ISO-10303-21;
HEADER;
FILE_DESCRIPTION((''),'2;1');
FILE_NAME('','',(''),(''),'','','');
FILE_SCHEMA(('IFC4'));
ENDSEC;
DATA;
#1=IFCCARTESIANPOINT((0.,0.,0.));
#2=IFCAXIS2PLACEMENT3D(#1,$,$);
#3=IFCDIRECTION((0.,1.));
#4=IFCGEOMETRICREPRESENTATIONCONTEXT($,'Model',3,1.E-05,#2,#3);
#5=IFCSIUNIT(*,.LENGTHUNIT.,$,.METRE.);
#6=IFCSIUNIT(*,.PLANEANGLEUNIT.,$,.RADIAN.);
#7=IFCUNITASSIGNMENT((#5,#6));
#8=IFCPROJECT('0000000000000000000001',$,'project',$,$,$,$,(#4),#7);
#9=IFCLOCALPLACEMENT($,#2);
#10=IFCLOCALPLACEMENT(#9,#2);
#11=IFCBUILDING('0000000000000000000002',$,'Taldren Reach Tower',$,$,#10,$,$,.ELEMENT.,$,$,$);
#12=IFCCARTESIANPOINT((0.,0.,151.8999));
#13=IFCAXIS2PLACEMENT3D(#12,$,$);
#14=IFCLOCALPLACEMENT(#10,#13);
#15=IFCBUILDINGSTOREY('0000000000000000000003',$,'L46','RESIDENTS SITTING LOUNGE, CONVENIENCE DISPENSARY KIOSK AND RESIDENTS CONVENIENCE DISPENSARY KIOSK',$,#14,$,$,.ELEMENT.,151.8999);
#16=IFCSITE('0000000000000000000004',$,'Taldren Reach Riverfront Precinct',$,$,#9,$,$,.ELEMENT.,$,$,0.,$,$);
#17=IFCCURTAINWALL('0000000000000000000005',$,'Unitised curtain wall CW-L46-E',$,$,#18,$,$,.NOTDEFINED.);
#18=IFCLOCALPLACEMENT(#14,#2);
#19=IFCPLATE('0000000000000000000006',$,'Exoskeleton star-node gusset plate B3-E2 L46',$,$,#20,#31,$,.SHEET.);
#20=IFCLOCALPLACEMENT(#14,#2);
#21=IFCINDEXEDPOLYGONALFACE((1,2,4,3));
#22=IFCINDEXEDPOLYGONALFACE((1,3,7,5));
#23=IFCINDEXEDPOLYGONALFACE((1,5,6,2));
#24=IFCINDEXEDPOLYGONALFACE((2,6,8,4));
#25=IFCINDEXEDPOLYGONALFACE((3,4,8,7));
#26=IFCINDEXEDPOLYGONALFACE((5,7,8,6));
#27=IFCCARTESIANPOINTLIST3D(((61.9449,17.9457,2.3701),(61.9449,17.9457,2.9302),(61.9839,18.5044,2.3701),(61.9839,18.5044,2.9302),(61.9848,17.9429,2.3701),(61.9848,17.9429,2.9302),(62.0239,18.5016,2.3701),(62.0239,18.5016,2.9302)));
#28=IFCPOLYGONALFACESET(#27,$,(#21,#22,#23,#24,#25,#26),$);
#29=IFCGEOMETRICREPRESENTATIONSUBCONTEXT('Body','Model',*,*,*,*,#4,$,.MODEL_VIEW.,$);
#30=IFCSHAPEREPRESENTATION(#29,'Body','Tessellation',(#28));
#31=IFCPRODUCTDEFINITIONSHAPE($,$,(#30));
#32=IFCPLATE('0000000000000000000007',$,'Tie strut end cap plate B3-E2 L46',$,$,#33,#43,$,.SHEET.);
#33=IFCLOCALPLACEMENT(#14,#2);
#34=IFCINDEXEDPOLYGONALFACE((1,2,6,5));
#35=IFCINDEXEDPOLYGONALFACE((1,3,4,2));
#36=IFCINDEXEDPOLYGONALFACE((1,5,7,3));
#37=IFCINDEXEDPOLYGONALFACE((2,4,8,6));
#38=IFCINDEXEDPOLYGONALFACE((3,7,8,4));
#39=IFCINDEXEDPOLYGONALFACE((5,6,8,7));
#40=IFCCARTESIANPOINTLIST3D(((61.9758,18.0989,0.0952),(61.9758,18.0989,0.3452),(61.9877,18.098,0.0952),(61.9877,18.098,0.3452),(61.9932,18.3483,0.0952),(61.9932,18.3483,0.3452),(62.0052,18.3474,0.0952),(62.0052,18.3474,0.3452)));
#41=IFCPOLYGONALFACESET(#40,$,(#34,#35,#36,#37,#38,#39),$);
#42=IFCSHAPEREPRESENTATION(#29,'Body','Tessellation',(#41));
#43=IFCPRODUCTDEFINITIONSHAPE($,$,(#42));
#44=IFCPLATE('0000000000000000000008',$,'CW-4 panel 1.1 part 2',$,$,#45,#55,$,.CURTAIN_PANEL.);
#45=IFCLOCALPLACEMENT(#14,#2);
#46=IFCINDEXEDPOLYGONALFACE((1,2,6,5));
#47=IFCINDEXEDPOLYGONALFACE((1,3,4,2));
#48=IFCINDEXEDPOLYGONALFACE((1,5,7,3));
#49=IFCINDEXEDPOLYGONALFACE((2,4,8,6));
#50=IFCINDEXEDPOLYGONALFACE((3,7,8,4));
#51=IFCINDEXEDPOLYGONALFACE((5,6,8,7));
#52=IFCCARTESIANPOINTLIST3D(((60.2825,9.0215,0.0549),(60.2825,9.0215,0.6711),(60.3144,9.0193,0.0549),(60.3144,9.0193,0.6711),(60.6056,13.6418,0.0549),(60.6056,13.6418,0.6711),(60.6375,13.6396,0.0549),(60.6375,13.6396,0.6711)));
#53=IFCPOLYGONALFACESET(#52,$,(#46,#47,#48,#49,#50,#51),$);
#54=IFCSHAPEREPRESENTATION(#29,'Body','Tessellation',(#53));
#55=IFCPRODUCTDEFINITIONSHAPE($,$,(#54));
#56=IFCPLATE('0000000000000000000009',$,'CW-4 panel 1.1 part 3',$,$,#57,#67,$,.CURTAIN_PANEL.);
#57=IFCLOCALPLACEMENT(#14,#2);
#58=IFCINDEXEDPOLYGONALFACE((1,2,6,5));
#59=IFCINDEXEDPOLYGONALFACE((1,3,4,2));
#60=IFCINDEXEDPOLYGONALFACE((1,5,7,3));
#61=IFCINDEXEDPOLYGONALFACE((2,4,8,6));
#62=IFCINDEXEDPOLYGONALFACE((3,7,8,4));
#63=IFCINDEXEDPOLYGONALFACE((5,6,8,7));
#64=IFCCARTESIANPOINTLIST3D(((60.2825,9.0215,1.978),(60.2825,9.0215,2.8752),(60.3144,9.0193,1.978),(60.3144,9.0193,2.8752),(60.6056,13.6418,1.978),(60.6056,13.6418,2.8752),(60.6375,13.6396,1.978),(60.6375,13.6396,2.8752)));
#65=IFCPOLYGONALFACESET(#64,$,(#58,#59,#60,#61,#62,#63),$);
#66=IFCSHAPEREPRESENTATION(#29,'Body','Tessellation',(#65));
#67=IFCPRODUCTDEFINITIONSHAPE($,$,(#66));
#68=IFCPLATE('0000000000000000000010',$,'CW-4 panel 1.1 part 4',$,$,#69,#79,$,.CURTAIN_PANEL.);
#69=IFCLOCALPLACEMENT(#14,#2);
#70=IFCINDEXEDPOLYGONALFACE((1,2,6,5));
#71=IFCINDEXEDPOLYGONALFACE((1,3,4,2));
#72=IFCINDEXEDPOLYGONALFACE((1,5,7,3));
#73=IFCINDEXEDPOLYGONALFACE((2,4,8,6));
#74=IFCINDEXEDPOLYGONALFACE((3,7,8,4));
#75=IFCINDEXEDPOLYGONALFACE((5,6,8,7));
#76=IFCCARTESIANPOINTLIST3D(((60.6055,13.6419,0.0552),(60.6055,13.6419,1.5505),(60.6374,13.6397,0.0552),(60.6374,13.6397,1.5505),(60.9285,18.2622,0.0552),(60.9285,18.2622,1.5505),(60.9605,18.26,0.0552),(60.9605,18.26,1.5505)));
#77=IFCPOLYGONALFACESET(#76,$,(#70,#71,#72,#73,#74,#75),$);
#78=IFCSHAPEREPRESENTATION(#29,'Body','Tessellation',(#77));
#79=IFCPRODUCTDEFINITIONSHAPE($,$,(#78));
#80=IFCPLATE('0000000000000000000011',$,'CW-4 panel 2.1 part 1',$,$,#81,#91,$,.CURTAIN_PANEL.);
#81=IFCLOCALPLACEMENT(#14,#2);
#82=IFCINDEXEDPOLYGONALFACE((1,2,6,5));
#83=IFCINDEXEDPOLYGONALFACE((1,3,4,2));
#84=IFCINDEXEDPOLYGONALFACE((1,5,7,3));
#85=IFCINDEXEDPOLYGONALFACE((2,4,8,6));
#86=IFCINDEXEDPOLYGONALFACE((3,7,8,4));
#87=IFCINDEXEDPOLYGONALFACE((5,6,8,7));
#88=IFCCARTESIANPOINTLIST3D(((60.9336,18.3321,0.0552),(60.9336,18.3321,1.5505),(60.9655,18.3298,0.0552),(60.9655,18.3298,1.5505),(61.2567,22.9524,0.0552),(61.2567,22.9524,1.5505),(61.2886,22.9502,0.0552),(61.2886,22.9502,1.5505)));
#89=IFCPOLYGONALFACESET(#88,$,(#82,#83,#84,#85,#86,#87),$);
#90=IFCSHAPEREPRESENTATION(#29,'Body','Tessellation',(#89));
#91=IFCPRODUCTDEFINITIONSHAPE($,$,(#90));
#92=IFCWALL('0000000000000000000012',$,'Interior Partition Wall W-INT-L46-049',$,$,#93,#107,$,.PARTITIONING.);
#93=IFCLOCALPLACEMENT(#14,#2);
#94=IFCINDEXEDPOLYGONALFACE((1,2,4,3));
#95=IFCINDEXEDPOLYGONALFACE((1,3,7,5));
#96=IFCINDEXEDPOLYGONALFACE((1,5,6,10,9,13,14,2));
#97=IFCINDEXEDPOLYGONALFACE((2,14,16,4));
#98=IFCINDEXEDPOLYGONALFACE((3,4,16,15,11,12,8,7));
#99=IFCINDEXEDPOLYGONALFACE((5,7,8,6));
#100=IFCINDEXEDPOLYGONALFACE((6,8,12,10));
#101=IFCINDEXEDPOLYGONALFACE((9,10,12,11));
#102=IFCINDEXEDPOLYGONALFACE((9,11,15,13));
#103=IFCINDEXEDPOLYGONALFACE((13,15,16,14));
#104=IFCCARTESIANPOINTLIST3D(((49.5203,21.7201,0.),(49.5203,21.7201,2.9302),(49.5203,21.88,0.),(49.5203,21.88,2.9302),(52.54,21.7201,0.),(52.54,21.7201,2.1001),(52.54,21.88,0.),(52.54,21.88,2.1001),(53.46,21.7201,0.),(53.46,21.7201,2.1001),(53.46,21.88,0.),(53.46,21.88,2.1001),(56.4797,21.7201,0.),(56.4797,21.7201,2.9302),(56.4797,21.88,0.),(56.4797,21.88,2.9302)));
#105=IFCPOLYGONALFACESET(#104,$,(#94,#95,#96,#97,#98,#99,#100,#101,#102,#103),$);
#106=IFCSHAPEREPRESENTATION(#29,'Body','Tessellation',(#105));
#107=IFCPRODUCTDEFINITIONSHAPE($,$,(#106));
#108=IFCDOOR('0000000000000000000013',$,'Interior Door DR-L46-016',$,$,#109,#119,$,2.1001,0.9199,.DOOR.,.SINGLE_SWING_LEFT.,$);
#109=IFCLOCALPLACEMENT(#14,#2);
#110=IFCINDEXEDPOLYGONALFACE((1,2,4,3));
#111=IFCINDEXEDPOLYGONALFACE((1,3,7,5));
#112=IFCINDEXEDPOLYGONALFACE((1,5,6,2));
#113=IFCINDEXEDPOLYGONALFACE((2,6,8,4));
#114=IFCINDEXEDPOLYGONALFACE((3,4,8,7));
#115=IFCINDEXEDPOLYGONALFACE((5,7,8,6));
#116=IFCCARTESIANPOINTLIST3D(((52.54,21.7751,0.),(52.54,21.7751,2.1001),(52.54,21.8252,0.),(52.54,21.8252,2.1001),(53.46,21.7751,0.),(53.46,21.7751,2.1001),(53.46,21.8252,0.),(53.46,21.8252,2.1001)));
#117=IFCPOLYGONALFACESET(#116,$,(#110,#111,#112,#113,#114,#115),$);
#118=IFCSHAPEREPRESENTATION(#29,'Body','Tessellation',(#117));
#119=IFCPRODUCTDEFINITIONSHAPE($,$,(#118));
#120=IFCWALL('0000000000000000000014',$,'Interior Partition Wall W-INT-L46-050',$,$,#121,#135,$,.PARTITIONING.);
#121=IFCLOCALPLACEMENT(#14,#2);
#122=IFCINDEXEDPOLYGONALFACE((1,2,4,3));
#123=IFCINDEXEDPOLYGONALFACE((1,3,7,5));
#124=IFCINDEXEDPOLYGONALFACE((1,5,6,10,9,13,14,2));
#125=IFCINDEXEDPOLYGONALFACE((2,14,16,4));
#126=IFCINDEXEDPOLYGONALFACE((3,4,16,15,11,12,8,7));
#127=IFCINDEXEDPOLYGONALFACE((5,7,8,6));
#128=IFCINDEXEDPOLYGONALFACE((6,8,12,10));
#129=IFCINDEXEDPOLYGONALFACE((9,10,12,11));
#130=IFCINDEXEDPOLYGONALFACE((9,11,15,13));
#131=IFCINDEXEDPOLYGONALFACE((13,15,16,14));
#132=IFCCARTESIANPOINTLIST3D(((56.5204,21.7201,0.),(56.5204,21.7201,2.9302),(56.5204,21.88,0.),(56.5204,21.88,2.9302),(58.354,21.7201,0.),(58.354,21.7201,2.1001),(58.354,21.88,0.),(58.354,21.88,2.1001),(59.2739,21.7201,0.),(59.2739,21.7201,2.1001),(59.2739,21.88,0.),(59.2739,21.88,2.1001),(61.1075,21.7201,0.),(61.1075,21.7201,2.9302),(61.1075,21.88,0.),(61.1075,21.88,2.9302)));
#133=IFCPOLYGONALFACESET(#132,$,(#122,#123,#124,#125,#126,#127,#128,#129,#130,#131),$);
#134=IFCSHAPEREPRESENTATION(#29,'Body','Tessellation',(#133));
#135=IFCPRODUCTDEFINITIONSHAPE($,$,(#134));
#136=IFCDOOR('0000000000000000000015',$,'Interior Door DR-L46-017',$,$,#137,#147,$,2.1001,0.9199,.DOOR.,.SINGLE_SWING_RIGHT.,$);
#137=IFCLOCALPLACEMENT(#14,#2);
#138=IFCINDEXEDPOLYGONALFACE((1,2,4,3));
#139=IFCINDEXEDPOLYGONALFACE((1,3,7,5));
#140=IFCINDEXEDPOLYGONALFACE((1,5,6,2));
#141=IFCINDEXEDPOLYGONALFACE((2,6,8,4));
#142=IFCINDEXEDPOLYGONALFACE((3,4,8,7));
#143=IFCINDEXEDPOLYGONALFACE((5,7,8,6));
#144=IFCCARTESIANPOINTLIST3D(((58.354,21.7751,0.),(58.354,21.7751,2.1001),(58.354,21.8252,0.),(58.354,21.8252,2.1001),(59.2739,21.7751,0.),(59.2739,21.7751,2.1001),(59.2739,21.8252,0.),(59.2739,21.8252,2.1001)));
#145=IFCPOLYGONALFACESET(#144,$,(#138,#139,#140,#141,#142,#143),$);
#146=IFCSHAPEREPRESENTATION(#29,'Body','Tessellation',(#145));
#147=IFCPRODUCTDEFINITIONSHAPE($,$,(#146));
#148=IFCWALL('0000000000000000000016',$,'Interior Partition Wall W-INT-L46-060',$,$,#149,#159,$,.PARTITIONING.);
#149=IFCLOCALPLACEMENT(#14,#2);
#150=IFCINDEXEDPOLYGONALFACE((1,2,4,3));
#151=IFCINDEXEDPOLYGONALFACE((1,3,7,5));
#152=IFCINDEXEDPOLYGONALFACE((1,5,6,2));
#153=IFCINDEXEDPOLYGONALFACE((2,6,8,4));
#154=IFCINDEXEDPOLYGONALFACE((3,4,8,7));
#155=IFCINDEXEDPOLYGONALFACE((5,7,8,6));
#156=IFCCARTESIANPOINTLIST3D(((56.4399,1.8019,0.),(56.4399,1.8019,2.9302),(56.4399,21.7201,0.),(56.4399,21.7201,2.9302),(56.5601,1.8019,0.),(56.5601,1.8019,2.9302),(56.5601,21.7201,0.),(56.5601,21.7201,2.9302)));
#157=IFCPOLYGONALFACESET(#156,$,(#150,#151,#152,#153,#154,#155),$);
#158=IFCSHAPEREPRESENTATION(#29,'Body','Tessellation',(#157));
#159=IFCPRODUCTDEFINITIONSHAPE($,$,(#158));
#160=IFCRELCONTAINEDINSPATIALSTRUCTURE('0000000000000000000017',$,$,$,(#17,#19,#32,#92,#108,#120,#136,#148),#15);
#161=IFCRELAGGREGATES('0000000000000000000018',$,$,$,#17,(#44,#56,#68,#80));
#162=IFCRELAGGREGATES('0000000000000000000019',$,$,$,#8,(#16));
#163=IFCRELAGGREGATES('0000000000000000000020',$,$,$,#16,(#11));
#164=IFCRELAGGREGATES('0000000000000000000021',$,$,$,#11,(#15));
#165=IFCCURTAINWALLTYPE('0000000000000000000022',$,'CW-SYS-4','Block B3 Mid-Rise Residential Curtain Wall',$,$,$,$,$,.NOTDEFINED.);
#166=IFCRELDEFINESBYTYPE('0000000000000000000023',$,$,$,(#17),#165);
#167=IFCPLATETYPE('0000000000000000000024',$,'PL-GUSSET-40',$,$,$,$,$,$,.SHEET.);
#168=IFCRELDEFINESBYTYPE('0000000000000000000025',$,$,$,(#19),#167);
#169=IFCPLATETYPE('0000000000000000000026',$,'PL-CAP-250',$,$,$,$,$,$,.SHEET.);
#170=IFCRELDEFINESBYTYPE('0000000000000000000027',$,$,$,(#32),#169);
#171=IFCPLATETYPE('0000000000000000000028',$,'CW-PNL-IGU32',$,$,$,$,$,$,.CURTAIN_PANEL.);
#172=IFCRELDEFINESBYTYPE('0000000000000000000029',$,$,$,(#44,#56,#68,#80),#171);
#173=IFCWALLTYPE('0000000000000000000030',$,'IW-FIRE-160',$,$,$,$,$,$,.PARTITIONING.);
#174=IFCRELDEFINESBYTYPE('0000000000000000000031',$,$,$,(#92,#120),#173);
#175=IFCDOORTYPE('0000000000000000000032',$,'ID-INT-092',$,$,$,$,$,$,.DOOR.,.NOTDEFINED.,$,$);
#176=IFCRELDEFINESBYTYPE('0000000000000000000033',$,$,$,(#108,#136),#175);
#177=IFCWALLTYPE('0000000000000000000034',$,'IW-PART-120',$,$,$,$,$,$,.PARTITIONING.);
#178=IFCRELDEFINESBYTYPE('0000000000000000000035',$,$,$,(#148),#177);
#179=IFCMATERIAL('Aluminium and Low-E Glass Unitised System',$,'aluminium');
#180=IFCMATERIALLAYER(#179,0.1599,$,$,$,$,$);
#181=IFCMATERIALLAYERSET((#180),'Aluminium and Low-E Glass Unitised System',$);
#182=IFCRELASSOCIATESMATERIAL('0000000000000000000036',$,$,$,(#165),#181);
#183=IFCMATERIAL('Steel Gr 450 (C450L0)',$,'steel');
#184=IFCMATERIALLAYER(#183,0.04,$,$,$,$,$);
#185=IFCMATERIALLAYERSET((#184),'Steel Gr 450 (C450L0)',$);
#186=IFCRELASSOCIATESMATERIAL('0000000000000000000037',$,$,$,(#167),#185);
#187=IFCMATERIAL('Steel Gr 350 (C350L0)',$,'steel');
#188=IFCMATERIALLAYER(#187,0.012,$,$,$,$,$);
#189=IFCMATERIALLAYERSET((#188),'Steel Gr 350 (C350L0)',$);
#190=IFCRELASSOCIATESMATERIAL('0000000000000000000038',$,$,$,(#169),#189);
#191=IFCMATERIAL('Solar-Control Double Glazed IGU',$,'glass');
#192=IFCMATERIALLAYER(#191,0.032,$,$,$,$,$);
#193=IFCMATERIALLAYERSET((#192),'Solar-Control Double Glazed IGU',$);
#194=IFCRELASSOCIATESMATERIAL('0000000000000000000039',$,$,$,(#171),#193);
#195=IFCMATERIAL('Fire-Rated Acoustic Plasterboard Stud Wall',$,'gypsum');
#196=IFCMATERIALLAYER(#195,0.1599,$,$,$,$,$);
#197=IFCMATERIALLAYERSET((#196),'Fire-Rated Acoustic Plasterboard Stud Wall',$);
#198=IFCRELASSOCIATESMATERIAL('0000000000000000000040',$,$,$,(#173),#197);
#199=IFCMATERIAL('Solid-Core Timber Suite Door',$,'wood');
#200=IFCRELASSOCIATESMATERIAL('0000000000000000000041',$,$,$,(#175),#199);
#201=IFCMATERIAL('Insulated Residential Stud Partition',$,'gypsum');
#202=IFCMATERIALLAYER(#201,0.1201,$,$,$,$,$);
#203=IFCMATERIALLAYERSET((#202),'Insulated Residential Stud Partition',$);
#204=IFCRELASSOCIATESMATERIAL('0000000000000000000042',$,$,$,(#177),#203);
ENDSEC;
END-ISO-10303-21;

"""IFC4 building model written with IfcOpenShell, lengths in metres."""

from ifc_helpers import new_model, si_unit, direction, frame, frame_2d, origin, origin_2d, place, context, subcontext, project, spatial, rectangle, extrude, source, transform, mapped, material, layer, layer_set, type_object, element, fill, aggregate, save


model = new_model("IFC4")

# Units and contexts
model_context = context("Model", 3, precision=1e-05, world=origin(), true_north=direction((0.0, 1.0)))
body_context = subcontext(model_context, "Body", "Model", "MODEL_VIEW")
ifc_project = project(units=[si_unit("LENGTHUNIT", "METRE"), si_unit("PLANEANGLEUNIT", "RADIAN")], contexts=[model_context])

# Site, building, storey
site_placement = place(None, origin())
site = spatial("IfcSite", under=ifc_project, at=site_placement, Name="Taldren Reach Riverfront Precinct", CompositionType="ELEMENT", RefElevation=0.0)
building_placement = place(site_placement, origin())
building = spatial("IfcBuilding", under=site, at=building_placement, Name="Taldren Reach Tower", CompositionType="ELEMENT")
storey_placement = place(building_placement, frame((0.0, 0.0, 151.8999)))
storey = spatial("IfcBuildingStorey", under=building, at=storey_placement, Name="L46", Description="RESIDENTS SITTING LOUNGE, CONVENIENCE DISPENSARY KIOSK AND RESIDENTS CONVENIENCE DISPENSARY KIOSK", CompositionType="ELEMENT", Elevation=151.8999)

# Shared definitions
ifc_material_1 = material(Name="Steel Gr 450 (C450L0)", Category="steel")
ifc_material_2 = material(Name="Steel Gr 350 (C350L0)", Category="steel")

# Curtain wall
ifc_material_3 = material(Name="Aluminium and Low-E Glass Unitised System", Category="aluminium")
ifc_layer_1 = layer(ifc_material_3, 0.1599)
ifc_layer_set_1 = layer_set([ifc_layer_1], Name="Aluminium and Low-E Glass Unitised System")
curtain_wall_type = type_object("IfcCurtainWallType", Name="CW-SYS-4", Description="Block B3 Mid-Rise Residential Curtain Wall", PredefinedType="NOTDEFINED", material=ifc_layer_set_1)
curtain_wall_placement = place(storey_placement, origin())
curtain_wall = element("IfcCurtainWall", 1, at=curtain_wall_placement, inside=storey, type_object=curtain_wall_type, Name="Unitised curtain wall CW-L46-E", PredefinedType="NOTDEFINED")

# Plates
ifc_layer_2 = layer(ifc_material_1, 0.04)
ifc_layer_set_2 = layer_set([ifc_layer_2], Name="Steel Gr 450 (C450L0)")
plate_type_1 = type_object("IfcPlateType", Name="PL-GUSSET-40", PredefinedType="SHEET", material=ifc_layer_set_2)
shared_shape_1 = source(origin(), body_context, "Body", "SweptSolid", [
    extrude(rectangle(XDim=0.5601, YDim=0.04, at=origin_2d()), origin(), (0.0, 0.0, 1.0), 0.5601),
])
plate_1_placement = place(storey_placement, frame((61.9844, 18.2236, 2.3701), z_axis=(0.0, 0.0, 1.0), x_axis=(0.069756, 0.997564, 0.0)))
element("IfcPlate", 2, at=plate_1_placement, inside=storey, type_object=plate_type_1, Name="Exoskeleton star-node gusset plate B3-E2 L46", PredefinedType="SHEET", context=body_context, shape_type="MappedRepresentation", body=[
    mapped(shared_shape_1, transform((0.0, 0.0, 0.0), scale=1.0)),
])
ifc_layer_3 = layer(ifc_material_2, 0.012)
ifc_layer_set_3 = layer_set([ifc_layer_3], Name="Steel Gr 350 (C350L0)")
plate_type_2 = type_object("IfcPlateType", Name="PL-CAP-250", PredefinedType="SHEET", material=ifc_layer_set_3)
shared_shape_2 = source(origin(), body_context, "Body", "SweptSolid", [
    extrude(rectangle(XDim=0.012, YDim=0.25, at=origin_2d()), origin(), (0.0, 0.0, 1.0), 0.25),
])
plate_2_placement = place(storey_placement, frame((61.9905, 18.2231, 0.0952), z_axis=(0.0, 0.0, 1.0), x_axis=(0.997564, -0.069756, 0.0)))
element("IfcPlate", 3, at=plate_2_placement, inside=storey, type_object=plate_type_2, Name="Tie strut end cap plate B3-E2 L46", PredefinedType="SHEET", context=body_context, shape_type="MappedRepresentation", body=[
    mapped(shared_shape_2, transform((0.0, 0.0, 0.0), scale=1.0)),
])

# Plates
ifc_material_4 = material(Name="Solar-Control Double Glazed IGU", Category="glass")
ifc_layer_4 = layer(ifc_material_4, 0.032)
ifc_layer_set_4 = layer_set([ifc_layer_4], Name="Solar-Control Double Glazed IGU")
plate_type_3 = type_object("IfcPlateType", Name="CW-PNL-IGU32", PredefinedType="CURTAIN_PANEL", material=ifc_layer_set_4)
shared_shape_3 = source(origin(), body_context, "Body", "SweptSolid", [
    extrude(rectangle(XDim=4.6316, YDim=0.032, at=origin_2d()), origin(), (0.0, 0.0, 1.0), 0.6162),
])
plate_3_placement = place(storey_placement, frame((60.46, 11.3306, 0.0549), z_axis=(0.0, 0.0, 1.0), x_axis=(0.069756, 0.997564, 0.0)))
plate_3 = element("IfcPlate", 4, at=plate_3_placement, type_object=plate_type_3, Name="CW-4 panel 1.1 part 2", PredefinedType="CURTAIN_PANEL", context=body_context, shape_type="MappedRepresentation", body=[
    mapped(shared_shape_3, transform((0.0, 0.0, 0.0), scale=1.0)),
])
shared_shape_4 = source(origin(), body_context, "Body", "SweptSolid", [
    extrude(rectangle(XDim=4.6316, YDim=0.032, at=origin_2d()), origin(), (0.0, 0.0, 1.0), 0.8972),
])
plate_4_placement = place(storey_placement, frame((60.46, 11.3306, 1.978), z_axis=(0.0, 0.0, 1.0), x_axis=(0.069756, 0.997564, 0.0)))
plate_4 = element("IfcPlate", 5, at=plate_4_placement, type_object=plate_type_3, Name="CW-4 panel 1.1 part 3", PredefinedType="CURTAIN_PANEL", context=body_context, shape_type="MappedRepresentation", body=[
    mapped(shared_shape_4, transform((0.0, 0.0, 0.0), scale=1.0)),
])
shared_shape_5 = source(origin(), body_context, "Body", "SweptSolid", [
    extrude(rectangle(XDim=4.6316, YDim=0.032, at=origin_2d()), origin(), (0.0, 0.0, 1.0), 1.4954),
])
plate_5_placement = place(storey_placement, frame((60.783, 15.9509, 0.0552), z_axis=(0.0, 0.0, 1.0), x_axis=(0.069756, 0.997564, 0.0)))
plate_5 = element("IfcPlate", 6, at=plate_5_placement, type_object=plate_type_3, Name="CW-4 panel 1.1 part 4", PredefinedType="CURTAIN_PANEL", context=body_context, shape_type="MappedRepresentation", body=[
    mapped(shared_shape_5, transform((0.0, 0.0, 0.0), scale=1.0)),
])
plate_6_placement = place(storey_placement, frame((61.1111, 20.6411, 0.0552), z_axis=(0.0, 0.0, 1.0), x_axis=(0.069756, 0.997564, 0.0)))
plate_6 = element("IfcPlate", 7, at=plate_6_placement, type_object=plate_type_3, Name="CW-4 panel 2.1 part 1", PredefinedType="CURTAIN_PANEL", context=body_context, shape_type="MappedRepresentation", body=[
    mapped(shared_shape_5, transform((0.0, 0.0, 0.0), scale=1.0)),
])
aggregate(curtain_wall, [plate_3, plate_4, plate_5, plate_6])

# Walls, openings, doors
ifc_material_5 = material(Name="Fire-Rated Acoustic Plasterboard Stud Wall", Category="gypsum")
ifc_layer_5 = layer(ifc_material_5, 0.1599)
ifc_layer_set_5 = layer_set([ifc_layer_5], Name="Fire-Rated Acoustic Plasterboard Stud Wall")
wall_type_1 = type_object("IfcWallType", Name="IW-FIRE-160", PredefinedType="PARTITIONING", material=ifc_layer_set_5)
shared_shape_6 = source(origin(), body_context, "Body", "SweptSolid", [
    extrude(rectangle(XDim=6.9595, YDim=0.1599, at=frame_2d((3.4797, 0.0))), origin(), (0.0, 0.0, 1.0), 2.9302),
])
wall_1_placement = place(storey_placement, frame((56.4797, 21.8, 0.0), z_axis=(0.0, 0.0, 1.0), x_axis=(-1.0, 0.0, 0.0)))
wall_1 = element("IfcWall", 8, at=wall_1_placement, inside=storey, type_object=wall_type_1, Name="Interior Partition Wall W-INT-L46-049", PredefinedType="PARTITIONING", context=body_context, shape_type="MappedRepresentation", body=[
    mapped(shared_shape_6, transform((0.0, 0.0, 0.0), scale=1.0)),
])
shared_shape_7 = source(origin(), body_context, "Body", "SweptSolid", [
    extrude(rectangle(XDim=0.9199, YDim=2.1001, at=frame_2d((0.46, 1.05))), frame((0.0, 0.0898, 0.0), z_axis=(0.0, -1.0, 0.0), x_axis=(1.0, 0.0, 0.0)), (0.0, 0.0, 1.0), 0.1799),
])
opening_1_placement = place(wall_1_placement, frame((3.0198, 0.0, 0.0)))
opening_1 = element("IfcOpeningElement", 9, at=opening_1_placement, cuts=wall_1, PredefinedType="OPENING", context=body_context, shape_type="MappedRepresentation", body=[
    mapped(shared_shape_7, transform((0.0, 0.0, 0.0), scale=1.0)),
])
ifc_material_6 = material(Name="Solid-Core Timber Suite Door", Category="wood")
door_type = type_object("IfcDoorType", Name="ID-INT-092", OperationType="NOTDEFINED", PredefinedType="DOOR", material=ifc_material_6)
shared_shape_8 = source(origin(), body_context, "Body", "SweptSolid", [
    extrude(rectangle(XDim=0.9199, YDim=2.1001, at=frame_2d((0.46, 1.05))), frame((0.0, 0.0249, 0.0), z_axis=(0.0, -1.0, 0.0), x_axis=(1.0, 0.0, 0.0)), (0.0, 0.0, 1.0), 0.05),
])
door_1_placement = place(opening_1_placement, origin())
door_1 = element("IfcDoor", 10, at=door_1_placement, inside=storey, type_object=door_type, Name="Interior Door DR-L46-016", OperationType="SINGLE_SWING_LEFT", OverallHeight=2.1001, OverallWidth=0.9199, PredefinedType="DOOR", context=body_context, shape_type="MappedRepresentation", body=[
    mapped(shared_shape_8, transform((0.0, 0.0, 0.0), scale=1.0)),
])
fill(opening_1, door_1)
shared_shape_9 = source(origin(), body_context, "Body", "SweptSolid", [
    extrude(rectangle(XDim=4.5872, YDim=0.1599, at=frame_2d((2.2935, 0.0))), origin(), (0.0, 0.0, 1.0), 2.9302),
])
wall_2_placement = place(storey_placement, frame((61.1074, 21.8, 0.0), z_axis=(0.0, 0.0, 1.0), x_axis=(-1.0, 0.0, 0.0)))
wall_2 = element("IfcWall", 11, at=wall_2_placement, inside=storey, type_object=wall_type_1, Name="Interior Partition Wall W-INT-L46-050", PredefinedType="PARTITIONING", context=body_context, shape_type="MappedRepresentation", body=[
    mapped(shared_shape_9, transform((0.0, 0.0, 0.0), scale=1.0)),
])
opening_2_placement = place(wall_2_placement, frame((1.8335, 0.0, 0.0)))
opening_2 = element("IfcOpeningElement", 12, at=opening_2_placement, cuts=wall_2, PredefinedType="OPENING", context=body_context, shape_type="MappedRepresentation", body=[
    mapped(shared_shape_7, transform((0.0, 0.0, 0.0), scale=1.0)),
])
door_2_placement = place(opening_2_placement, origin())
door_2 = element("IfcDoor", 13, at=door_2_placement, inside=storey, type_object=door_type, Name="Interior Door DR-L46-017", OperationType="SINGLE_SWING_RIGHT", OverallHeight=2.1001, OverallWidth=0.9199, PredefinedType="DOOR", context=body_context, shape_type="MappedRepresentation", body=[
    mapped(shared_shape_8, transform((0.0, 0.0, 0.0), scale=1.0)),
])
fill(opening_2, door_2)

# Wall
ifc_material_7 = material(Name="Insulated Residential Stud Partition", Category="gypsum")
ifc_layer_6 = layer(ifc_material_7, 0.1201)
ifc_layer_set_6 = layer_set([ifc_layer_6], Name="Insulated Residential Stud Partition")
wall_type_2 = type_object("IfcWallType", Name="IW-PART-120", PredefinedType="PARTITIONING", material=ifc_layer_set_6)
shared_shape_10 = source(origin(), body_context, "Body", "SweptSolid", [
    extrude(rectangle(XDim=19.9182, YDim=0.1201, at=frame_2d((9.959, 0.0))), origin(), (0.0, 0.0, 1.0), 2.9302),
])
wall_3_placement = place(storey_placement, frame((56.5, 21.72, 0.0), z_axis=(0.0, 0.0, 1.0), x_axis=(0.0, -1.0, 0.0)))
element("IfcWall", 14, at=wall_3_placement, inside=storey, type_object=wall_type_2, Name="Interior Partition Wall W-INT-L46-060", PredefinedType="PARTITIONING", context=body_context, shape_type="MappedRepresentation", body=[
    mapped(shared_shape_10, transform((0.0, 0.0, 0.0), scale=1.0)),
])

save(model, "model.ifc")
